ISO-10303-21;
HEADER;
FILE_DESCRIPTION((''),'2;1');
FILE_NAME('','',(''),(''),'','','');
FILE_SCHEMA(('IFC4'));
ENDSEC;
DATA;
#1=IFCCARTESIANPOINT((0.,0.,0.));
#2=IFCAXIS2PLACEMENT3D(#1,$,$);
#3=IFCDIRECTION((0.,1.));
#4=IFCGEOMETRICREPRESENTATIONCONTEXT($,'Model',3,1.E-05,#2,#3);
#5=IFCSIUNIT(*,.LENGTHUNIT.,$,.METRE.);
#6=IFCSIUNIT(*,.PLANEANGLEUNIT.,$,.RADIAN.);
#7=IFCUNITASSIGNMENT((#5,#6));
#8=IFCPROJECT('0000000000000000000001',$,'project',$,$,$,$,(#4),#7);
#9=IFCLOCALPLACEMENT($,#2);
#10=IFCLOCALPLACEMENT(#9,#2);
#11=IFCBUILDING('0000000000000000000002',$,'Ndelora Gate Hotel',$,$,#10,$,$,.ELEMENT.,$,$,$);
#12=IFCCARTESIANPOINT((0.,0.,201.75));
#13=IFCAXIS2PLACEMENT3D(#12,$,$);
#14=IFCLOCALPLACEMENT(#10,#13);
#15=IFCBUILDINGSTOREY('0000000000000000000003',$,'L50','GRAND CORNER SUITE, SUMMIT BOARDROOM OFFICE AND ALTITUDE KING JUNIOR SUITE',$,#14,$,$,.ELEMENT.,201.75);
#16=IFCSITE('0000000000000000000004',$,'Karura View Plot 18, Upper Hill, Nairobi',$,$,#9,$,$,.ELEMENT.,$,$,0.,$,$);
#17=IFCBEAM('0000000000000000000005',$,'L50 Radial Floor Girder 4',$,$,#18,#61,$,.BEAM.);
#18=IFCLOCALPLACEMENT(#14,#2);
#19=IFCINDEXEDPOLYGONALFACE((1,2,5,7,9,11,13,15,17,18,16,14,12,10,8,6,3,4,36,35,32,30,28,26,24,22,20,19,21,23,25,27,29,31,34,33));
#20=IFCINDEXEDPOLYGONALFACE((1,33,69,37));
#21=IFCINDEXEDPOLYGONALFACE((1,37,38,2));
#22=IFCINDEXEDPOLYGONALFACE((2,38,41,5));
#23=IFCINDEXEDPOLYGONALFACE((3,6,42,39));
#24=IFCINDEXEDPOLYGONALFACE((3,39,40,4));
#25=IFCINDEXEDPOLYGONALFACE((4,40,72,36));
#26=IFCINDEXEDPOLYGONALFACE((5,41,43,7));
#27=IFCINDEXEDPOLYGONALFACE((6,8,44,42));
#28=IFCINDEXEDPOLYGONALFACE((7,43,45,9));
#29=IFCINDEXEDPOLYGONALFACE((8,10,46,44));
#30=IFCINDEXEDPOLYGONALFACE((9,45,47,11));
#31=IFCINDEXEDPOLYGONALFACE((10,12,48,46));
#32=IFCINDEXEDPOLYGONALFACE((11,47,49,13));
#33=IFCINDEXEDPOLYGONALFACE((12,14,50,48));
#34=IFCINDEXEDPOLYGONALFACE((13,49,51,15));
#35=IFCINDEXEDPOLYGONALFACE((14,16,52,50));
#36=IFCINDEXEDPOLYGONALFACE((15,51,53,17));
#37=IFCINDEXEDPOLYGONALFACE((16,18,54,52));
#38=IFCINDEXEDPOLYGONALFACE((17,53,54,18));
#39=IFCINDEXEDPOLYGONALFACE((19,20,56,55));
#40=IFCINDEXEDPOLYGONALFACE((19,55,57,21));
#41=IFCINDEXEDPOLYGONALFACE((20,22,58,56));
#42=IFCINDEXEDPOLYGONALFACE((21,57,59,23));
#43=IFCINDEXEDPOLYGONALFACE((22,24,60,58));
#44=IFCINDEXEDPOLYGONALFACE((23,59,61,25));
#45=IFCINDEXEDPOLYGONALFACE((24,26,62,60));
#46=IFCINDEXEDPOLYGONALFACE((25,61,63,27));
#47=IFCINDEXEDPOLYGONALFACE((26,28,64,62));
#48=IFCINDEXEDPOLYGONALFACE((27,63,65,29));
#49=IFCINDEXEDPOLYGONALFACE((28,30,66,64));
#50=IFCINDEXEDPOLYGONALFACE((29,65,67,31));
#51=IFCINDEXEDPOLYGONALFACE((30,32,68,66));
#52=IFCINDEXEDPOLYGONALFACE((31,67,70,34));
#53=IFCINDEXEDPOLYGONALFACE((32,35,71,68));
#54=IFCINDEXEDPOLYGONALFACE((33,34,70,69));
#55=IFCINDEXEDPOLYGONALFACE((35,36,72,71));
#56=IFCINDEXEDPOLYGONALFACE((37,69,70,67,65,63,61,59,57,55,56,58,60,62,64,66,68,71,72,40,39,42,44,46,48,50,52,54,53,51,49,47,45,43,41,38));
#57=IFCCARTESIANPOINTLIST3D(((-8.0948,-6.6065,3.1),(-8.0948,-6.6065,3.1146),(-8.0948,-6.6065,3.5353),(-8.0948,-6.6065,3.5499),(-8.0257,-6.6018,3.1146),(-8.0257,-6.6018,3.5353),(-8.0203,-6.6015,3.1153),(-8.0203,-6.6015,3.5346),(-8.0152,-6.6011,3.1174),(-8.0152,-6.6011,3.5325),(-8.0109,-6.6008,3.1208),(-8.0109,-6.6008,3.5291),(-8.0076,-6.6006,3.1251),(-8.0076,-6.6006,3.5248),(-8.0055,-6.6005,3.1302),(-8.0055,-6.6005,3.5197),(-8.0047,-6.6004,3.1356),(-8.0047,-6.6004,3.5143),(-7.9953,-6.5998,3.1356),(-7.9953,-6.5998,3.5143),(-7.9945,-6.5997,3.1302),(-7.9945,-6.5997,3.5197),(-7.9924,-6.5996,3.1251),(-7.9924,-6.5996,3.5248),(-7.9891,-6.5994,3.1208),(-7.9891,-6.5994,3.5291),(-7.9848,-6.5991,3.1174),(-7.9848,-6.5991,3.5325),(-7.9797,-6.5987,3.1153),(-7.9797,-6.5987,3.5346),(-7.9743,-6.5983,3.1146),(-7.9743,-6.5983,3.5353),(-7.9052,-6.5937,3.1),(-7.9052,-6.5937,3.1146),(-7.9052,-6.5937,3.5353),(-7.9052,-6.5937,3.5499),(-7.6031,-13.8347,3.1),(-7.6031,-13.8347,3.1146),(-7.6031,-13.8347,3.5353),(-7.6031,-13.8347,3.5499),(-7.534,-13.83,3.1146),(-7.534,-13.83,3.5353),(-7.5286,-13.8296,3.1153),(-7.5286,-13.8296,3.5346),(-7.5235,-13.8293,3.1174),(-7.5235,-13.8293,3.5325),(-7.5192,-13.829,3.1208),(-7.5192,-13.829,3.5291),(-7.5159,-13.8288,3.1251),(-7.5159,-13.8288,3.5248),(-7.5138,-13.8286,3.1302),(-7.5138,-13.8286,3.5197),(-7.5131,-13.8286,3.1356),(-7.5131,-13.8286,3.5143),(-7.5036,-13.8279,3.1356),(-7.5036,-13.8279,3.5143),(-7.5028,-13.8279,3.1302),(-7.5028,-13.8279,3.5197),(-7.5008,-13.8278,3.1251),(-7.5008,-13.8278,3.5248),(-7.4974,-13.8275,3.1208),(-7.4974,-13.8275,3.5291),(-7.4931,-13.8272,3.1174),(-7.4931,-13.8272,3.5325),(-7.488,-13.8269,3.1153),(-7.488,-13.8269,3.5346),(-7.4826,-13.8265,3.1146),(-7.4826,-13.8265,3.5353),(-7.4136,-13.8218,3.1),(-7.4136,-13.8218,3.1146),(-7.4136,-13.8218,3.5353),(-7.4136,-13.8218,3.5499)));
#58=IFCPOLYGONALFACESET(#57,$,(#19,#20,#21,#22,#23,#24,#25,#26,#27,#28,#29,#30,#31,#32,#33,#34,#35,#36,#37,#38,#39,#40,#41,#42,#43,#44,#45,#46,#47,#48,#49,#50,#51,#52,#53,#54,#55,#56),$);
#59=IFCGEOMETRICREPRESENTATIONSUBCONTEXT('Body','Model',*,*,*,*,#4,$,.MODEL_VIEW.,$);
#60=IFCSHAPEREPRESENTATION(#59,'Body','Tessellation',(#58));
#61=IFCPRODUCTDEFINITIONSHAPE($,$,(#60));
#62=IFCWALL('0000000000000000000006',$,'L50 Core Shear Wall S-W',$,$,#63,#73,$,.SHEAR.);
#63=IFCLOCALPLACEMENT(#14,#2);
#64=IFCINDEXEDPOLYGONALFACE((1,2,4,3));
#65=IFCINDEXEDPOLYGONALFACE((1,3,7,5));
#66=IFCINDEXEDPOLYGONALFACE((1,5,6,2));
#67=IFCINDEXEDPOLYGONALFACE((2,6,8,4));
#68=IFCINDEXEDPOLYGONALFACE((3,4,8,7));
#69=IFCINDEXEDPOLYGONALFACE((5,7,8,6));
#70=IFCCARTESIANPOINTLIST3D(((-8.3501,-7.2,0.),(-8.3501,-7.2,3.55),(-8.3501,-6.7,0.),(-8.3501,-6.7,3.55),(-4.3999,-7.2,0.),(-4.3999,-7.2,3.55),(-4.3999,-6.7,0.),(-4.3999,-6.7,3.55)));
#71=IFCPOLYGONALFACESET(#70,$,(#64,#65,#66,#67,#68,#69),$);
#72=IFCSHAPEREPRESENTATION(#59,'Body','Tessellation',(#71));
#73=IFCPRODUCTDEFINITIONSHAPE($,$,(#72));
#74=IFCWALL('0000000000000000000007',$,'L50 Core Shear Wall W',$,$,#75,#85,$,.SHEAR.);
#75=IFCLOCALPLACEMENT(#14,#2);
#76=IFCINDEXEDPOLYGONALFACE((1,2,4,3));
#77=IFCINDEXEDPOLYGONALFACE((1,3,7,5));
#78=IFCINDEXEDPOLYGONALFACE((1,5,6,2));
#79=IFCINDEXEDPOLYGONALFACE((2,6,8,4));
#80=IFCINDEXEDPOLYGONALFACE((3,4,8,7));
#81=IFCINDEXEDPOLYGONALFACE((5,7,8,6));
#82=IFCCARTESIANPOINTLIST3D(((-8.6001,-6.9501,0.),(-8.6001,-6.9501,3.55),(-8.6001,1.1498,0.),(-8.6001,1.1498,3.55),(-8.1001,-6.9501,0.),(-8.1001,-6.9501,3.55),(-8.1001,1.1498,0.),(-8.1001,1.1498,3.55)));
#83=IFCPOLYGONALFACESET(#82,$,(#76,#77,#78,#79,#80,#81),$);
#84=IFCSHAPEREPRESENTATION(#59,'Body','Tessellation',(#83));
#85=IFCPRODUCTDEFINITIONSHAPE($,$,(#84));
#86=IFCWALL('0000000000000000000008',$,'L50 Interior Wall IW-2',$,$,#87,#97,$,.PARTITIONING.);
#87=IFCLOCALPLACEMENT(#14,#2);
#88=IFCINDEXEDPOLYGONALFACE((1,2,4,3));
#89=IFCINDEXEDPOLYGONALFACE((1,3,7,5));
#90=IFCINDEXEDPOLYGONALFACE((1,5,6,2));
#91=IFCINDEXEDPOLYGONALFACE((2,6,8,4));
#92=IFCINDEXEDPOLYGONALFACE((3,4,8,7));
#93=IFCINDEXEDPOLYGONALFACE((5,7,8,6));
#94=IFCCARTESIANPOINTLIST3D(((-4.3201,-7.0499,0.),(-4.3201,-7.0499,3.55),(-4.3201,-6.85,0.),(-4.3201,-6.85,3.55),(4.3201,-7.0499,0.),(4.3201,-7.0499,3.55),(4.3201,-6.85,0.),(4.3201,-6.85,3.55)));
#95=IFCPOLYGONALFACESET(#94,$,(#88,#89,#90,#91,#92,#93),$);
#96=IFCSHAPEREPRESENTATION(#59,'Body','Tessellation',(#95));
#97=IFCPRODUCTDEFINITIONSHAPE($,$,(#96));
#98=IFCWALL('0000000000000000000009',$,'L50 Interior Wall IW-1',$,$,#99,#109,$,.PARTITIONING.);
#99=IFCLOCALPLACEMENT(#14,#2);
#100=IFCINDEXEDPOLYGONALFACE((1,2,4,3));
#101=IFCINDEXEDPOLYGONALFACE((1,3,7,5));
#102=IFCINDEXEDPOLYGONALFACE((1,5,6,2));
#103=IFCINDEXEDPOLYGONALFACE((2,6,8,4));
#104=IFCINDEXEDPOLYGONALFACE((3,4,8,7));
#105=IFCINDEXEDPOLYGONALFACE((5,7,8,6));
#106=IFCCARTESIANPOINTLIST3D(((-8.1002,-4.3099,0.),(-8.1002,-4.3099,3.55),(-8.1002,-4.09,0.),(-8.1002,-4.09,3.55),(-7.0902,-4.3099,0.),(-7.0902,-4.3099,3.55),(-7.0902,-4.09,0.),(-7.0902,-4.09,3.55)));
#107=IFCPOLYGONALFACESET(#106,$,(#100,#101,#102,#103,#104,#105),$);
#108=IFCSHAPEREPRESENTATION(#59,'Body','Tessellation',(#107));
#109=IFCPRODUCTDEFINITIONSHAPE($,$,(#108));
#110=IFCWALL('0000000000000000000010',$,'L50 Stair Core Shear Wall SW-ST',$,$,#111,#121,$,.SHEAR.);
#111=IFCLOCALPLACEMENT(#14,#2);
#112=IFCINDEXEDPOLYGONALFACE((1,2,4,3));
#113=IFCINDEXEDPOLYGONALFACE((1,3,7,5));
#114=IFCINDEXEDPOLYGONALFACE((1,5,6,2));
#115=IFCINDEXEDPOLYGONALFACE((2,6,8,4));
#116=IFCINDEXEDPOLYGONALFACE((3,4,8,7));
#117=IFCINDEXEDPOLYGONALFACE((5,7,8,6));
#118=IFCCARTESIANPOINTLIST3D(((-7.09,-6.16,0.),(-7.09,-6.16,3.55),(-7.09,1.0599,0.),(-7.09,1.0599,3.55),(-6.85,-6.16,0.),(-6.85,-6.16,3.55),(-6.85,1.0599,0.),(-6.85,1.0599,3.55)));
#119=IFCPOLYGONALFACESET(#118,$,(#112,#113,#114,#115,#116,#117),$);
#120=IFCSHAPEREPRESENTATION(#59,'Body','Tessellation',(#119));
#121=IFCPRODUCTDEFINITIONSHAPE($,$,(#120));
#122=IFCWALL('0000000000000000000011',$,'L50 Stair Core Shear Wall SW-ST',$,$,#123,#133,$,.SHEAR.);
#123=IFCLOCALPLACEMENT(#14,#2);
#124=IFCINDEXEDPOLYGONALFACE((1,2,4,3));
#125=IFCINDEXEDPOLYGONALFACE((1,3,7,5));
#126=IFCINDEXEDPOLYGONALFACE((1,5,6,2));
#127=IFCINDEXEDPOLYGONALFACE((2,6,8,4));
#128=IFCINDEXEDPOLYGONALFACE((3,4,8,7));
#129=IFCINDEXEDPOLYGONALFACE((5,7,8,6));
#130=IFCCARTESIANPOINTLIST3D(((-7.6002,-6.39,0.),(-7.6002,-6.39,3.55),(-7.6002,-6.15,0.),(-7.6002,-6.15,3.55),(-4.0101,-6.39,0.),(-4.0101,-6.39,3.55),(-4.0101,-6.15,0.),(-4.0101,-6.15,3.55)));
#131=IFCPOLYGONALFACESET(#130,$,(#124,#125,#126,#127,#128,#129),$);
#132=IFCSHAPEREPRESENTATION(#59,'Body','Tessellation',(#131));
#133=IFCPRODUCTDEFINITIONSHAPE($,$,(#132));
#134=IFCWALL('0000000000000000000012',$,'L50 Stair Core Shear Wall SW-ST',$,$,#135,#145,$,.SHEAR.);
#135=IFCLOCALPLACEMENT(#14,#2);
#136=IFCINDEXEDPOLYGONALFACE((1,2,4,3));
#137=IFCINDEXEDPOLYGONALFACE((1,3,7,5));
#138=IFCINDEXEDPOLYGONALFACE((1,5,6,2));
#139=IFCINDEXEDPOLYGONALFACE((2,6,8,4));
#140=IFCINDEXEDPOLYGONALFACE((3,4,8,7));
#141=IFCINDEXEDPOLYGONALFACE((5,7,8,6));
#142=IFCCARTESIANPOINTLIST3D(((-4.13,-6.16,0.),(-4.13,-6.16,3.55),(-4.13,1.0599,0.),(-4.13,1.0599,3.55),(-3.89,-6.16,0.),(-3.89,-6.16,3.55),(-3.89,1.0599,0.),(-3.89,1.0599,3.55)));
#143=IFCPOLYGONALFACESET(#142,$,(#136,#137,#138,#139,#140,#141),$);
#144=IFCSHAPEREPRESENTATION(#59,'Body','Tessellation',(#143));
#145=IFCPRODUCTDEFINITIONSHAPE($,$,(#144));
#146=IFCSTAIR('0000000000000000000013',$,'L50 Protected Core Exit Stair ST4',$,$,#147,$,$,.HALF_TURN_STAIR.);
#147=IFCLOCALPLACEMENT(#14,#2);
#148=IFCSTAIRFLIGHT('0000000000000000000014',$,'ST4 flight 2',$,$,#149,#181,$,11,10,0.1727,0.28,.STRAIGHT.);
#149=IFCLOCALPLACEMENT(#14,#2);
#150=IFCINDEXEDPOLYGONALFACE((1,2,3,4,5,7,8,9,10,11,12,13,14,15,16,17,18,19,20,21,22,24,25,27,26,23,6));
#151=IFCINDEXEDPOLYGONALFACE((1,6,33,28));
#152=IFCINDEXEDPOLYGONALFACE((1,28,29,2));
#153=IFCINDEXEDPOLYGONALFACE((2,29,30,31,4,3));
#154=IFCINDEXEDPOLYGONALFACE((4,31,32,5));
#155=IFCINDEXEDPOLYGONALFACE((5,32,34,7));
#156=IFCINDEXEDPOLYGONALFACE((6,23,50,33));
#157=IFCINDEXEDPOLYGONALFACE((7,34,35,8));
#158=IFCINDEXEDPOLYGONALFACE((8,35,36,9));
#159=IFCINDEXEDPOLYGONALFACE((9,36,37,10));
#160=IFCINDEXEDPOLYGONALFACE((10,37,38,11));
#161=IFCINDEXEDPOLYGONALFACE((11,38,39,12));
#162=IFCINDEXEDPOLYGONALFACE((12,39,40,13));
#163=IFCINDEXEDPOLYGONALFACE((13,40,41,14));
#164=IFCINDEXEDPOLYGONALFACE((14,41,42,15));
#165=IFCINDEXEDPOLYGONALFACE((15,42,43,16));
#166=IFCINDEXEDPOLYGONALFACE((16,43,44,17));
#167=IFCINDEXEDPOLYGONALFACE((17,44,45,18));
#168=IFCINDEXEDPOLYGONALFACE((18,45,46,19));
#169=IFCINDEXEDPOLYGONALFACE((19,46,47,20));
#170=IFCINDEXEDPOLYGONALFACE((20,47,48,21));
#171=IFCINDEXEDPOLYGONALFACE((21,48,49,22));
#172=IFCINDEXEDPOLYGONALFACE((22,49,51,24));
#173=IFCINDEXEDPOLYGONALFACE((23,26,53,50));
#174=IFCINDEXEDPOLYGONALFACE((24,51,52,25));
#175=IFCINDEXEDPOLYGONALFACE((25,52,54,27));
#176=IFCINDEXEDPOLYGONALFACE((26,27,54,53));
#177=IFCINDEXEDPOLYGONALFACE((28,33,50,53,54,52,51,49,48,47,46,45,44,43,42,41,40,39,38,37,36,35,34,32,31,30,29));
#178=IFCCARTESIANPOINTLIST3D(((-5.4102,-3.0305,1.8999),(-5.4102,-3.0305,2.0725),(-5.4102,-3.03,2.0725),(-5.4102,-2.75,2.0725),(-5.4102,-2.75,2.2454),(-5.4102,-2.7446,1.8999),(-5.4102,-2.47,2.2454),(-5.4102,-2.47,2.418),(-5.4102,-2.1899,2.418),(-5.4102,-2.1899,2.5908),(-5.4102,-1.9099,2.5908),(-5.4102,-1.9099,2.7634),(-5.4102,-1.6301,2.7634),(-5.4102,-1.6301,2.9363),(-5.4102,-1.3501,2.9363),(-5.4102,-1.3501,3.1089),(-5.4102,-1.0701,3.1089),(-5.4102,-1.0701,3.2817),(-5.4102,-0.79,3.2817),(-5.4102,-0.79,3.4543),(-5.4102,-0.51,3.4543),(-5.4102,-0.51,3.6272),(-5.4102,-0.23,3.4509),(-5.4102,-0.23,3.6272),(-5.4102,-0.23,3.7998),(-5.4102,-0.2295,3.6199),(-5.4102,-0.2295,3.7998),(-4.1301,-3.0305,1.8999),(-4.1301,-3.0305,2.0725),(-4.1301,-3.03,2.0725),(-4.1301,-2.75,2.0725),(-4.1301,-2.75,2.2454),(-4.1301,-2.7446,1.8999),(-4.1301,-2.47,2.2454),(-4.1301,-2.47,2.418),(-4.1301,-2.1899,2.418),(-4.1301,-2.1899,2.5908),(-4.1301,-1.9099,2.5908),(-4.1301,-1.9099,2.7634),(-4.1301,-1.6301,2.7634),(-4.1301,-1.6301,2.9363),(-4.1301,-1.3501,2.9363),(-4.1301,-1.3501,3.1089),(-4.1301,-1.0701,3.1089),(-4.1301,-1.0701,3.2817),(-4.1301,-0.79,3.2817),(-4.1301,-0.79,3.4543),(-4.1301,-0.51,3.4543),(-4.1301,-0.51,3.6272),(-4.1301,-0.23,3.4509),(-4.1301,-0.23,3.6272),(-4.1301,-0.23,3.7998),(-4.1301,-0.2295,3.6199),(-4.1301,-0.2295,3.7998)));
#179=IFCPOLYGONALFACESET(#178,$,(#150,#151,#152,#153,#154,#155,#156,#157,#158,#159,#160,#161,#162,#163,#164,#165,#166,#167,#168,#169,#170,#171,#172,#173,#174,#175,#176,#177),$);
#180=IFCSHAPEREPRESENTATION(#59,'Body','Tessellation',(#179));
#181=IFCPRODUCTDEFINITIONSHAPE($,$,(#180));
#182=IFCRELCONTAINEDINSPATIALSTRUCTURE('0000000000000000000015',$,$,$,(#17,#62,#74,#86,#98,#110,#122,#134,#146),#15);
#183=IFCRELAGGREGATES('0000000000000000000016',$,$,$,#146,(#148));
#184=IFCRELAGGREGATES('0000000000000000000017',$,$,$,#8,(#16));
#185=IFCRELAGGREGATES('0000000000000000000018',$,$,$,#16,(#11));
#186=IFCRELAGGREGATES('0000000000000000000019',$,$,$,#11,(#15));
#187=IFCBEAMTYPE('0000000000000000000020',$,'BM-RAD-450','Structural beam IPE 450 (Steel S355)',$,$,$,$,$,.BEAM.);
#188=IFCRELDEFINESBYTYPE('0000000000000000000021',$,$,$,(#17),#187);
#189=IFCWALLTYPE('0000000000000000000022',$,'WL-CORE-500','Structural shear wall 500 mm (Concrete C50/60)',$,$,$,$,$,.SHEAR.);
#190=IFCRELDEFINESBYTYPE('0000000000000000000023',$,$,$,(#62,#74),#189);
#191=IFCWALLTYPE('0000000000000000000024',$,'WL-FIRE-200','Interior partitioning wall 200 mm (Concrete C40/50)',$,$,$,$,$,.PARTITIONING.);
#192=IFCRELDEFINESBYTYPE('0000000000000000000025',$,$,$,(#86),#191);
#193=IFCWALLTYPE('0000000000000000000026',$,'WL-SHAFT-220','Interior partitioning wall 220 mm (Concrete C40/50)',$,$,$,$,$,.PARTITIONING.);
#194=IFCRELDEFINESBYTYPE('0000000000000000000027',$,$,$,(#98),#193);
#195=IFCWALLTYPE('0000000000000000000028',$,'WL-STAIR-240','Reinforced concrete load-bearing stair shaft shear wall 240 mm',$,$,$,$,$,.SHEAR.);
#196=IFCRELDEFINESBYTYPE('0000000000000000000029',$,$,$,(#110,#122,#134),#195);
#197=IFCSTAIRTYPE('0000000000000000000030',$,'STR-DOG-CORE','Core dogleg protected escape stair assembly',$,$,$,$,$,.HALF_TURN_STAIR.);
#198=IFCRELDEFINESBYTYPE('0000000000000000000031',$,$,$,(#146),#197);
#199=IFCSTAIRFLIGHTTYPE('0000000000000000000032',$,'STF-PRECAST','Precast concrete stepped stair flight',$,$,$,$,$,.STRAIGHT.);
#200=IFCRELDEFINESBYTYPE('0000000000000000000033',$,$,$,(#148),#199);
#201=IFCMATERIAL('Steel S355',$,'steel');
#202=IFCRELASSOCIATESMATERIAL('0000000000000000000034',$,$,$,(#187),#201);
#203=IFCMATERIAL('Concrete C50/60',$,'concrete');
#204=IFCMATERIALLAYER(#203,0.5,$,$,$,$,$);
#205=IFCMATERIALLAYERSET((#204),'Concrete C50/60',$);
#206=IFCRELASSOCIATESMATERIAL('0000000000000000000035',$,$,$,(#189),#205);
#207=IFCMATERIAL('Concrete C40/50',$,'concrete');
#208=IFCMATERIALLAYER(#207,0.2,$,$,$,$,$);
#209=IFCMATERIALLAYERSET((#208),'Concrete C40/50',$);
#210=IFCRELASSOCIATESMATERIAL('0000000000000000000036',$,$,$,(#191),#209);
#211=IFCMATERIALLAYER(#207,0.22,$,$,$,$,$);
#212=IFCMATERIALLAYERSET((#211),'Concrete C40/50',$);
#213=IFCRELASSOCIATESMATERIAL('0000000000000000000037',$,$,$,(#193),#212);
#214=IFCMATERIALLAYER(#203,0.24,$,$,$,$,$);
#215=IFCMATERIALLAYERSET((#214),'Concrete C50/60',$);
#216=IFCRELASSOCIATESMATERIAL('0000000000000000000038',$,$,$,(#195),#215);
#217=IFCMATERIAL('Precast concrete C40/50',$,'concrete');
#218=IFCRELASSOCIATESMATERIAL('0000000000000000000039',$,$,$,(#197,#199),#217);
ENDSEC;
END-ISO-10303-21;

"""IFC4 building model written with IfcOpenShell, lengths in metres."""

from ifc_helpers import new_model, si_unit, direction, frame, frame_2d, origin, origin_2d, place, context, subcontext, project, spatial, polyline, rectangle, i_section, outline, extrude, material, layer, layer_set, material_profile, profile_set, type_object, element, aggregate, save


model = new_model("IFC4")

# Units and contexts
model_context = context("Model", 3, precision=1e-05, world=origin(), true_north=direction((0.0, 1.0)))
body_context = subcontext(model_context, "Body", "Model", "MODEL_VIEW")
ifc_project = project(units=[si_unit("LENGTHUNIT", "METRE"), si_unit("PLANEANGLEUNIT", "RADIAN")], contexts=[model_context])

# Site, building, storey
site_placement = place(None, origin())
site = spatial("IfcSite", under=ifc_project, at=site_placement, Name="Karura View Plot 18, Upper Hill, Nairobi", CompositionType="ELEMENT", RefElevation=0.0)
building_placement = place(site_placement, origin())
building = spatial("IfcBuilding", under=site, at=building_placement, Name="Ndelora Gate Hotel", CompositionType="ELEMENT")
storey_placement = place(building_placement, frame((0.0, 0.0, 201.75)))
storey = spatial("IfcBuildingStorey", under=building, at=storey_placement, Name="L50", Description="GRAND CORNER SUITE, SUMMIT BOARDROOM OFFICE AND ALTITUDE KING JUNIOR SUITE", CompositionType="ELEMENT", Elevation=201.75)

# Shared definitions
ifc_material_1 = material(Name="Concrete C50/60", Category="concrete")

# Beam
ifc_material_2 = material(Name="Steel S355", Category="steel")
ifc_material_profile_1 = material_profile(ifc_material_2, i_section(OverallWidth=0.1899, OverallDepth=0.45, WebThickness=0.0095, FlangeThickness=0.0146, FilletRadius=0.021, at=origin_2d()), Name="IPE 450")
ifc_profile_set_1 = profile_set([ifc_material_profile_1], Name="Steel S355")
beam_type_1 = type_object("IfcBeamType", Name="BM-RAD-450", Description="Structural beam IPE 450 (Steel S355)", PredefinedType="BEAM", material=ifc_profile_set_1)
beam_1_placement = place(storey_placement, frame((-8.0, -6.6001, 3.325), z_axis=(0.067868, -0.997694, 0.0), x_axis=(0.997694, 0.067868, 0.0)))
element("IfcBeam", 1, at=beam_1_placement, inside=storey, type_object=beam_type_1, Name="L50 Radial Floor Girder 4", PredefinedType="BEAM", context=body_context, shape_type="SweptSolid", body=[
    extrude(i_section(OverallWidth=0.1899, OverallDepth=0.45, WebThickness=0.0095, FlangeThickness=0.0146, FilletRadius=0.021, at=origin_2d()), origin(), (0.0, 0.0, 1.0), 7.2449),
])

# Walls
ifc_layer_1 = layer(ifc_material_1, 0.5)
ifc_layer_set_1 = layer_set([ifc_layer_1], Name="Concrete C50/60")
wall_type_1 = type_object("IfcWallType", Name="WL-CORE-500", Description="Structural shear wall 500 mm (Concrete C50/60)", PredefinedType="SHEAR", material=ifc_layer_set_1)
wall_1_placement = place(storey_placement, frame((-8.3501, -6.95, 0.0), z_axis=(0.0, 0.0, 1.0), x_axis=(1.0, 0.0, 0.0)))
element("IfcWall", 2, at=wall_1_placement, inside=storey, type_object=wall_type_1, Name="L50 Core Shear Wall S-W", PredefinedType="SHEAR", context=body_context, shape_type="SweptSolid", body=[
    extrude(rectangle(XDim=3.9502, YDim=0.5, at=frame_2d((1.9751, 0.0))), origin(), (0.0, 0.0, 1.0), 3.55),
])
wall_2_placement = place(storey_placement, frame((-8.3501, -6.95, 0.0), z_axis=(0.0, 0.0, 1.0), x_axis=(0.0, 1.0, 0.0)))
element("IfcWall", 3, at=wall_2_placement, inside=storey, type_object=wall_type_1, Name="L50 Core Shear Wall W", PredefinedType="SHEAR", context=body_context, shape_type="SweptSolid", body=[
    extrude(rectangle(XDim=8.0999, YDim=0.5, at=frame_2d((4.0498, 0.0))), origin(), (0.0, 0.0, 1.0), 3.55),
])
ifc_material_3 = material(Name="Concrete C40/50", Category="concrete")
ifc_layer_2 = layer(ifc_material_3, 0.2)
ifc_layer_set_2 = layer_set([ifc_layer_2], Name="Concrete C40/50")
wall_type_2 = type_object("IfcWallType", Name="WL-FIRE-200", Description="Interior partitioning wall 200 mm (Concrete C40/50)", PredefinedType="PARTITIONING", material=ifc_layer_set_2)
wall_3_placement = place(storey_placement, frame((-4.3201, -6.95, 0.0), z_axis=(0.0, 0.0, 1.0), x_axis=(1.0, 0.0, 0.0)))
element("IfcWall", 4, at=wall_3_placement, inside=storey, type_object=wall_type_2, Name="L50 Interior Wall IW-2", PredefinedType="PARTITIONING", context=body_context, shape_type="SweptSolid", body=[
    extrude(rectangle(XDim=8.6401, YDim=0.2, at=frame_2d((4.3201, 0.0))), origin(), (0.0, 0.0, 1.0), 3.55),
])
ifc_layer_3 = layer(ifc_material_3, 0.22)
ifc_layer_set_3 = layer_set([ifc_layer_3], Name="Concrete C40/50")
wall_type_3 = type_object("IfcWallType", Name="WL-SHAFT-220", Description="Interior partitioning wall 220 mm (Concrete C40/50)", PredefinedType="PARTITIONING", material=ifc_layer_set_3)
wall_4_placement = place(storey_placement, frame((-8.1001, -4.2, 0.0), z_axis=(0.0, 0.0, 1.0), x_axis=(1.0, 0.0, 0.0)))
element("IfcWall", 5, at=wall_4_placement, inside=storey, type_object=wall_type_3, Name="L50 Interior Wall IW-1", PredefinedType="PARTITIONING", context=body_context, shape_type="SweptSolid", body=[
    extrude(rectangle(XDim=1.01, YDim=0.22, at=frame_2d((0.5049, 0.0))), origin(), (0.0, 0.0, 1.0), 3.55),
])
ifc_layer_4 = layer(ifc_material_1, 0.24)
ifc_layer_set_4 = layer_set([ifc_layer_4], Name="Concrete C50/60")
wall_type_4 = type_object("IfcWallType", Name="WL-STAIR-240", Description="Reinforced concrete load-bearing stair shaft shear wall 240 mm", PredefinedType="SHEAR", material=ifc_layer_set_4)
wall_5_placement = place(storey_placement, frame((-6.97, -6.1599, 0.0), z_axis=(0.0, 0.0, 1.0), x_axis=(0.0, 1.0, 0.0)))
element("IfcWall", 6, at=wall_5_placement, inside=storey, type_object=wall_type_4, Name="L50 Stair Core Shear Wall SW-ST", PredefinedType="SHEAR", context=body_context, shape_type="SweptSolid", body=[
    extrude(rectangle(XDim=7.22, YDim=0.24, at=frame_2d((3.6099, 0.0))), origin(), (0.0, 0.0, 1.0), 3.55),
])
wall_6_placement = place(storey_placement, frame((-7.6001, -6.27, 0.0), z_axis=(0.0, 0.0, 1.0), x_axis=(1.0, 0.0, 0.0)))
element("IfcWall", 7, at=wall_6_placement, inside=storey, type_object=wall_type_4, Name="L50 Stair Core Shear Wall SW-ST", PredefinedType="SHEAR", context=body_context, shape_type="SweptSolid", body=[
    extrude(rectangle(XDim=3.5901, YDim=0.24, at=frame_2d((1.7949, 0.0))), origin(), (0.0, 0.0, 1.0), 3.55),
])
wall_7_placement = place(storey_placement, frame((-4.01, -6.1599, 0.0), z_axis=(0.0, 0.0, 1.0), x_axis=(0.0, 1.0, 0.0)))
element("IfcWall", 8, at=wall_7_placement, inside=storey, type_object=wall_type_4, Name="L50 Stair Core Shear Wall SW-ST", PredefinedType="SHEAR", context=body_context, shape_type="SweptSolid", body=[
    extrude(rectangle(XDim=7.22, YDim=0.24, at=frame_2d((3.6099, 0.0))), origin(), (0.0, 0.0, 1.0), 3.55),
])

# Stair, stair flight
ifc_material_4 = material(Name="Precast concrete C40/50", Category="concrete")
stair_type = type_object("IfcStairType", Name="STR-DOG-CORE", Description="Core dogleg protected escape stair assembly", PredefinedType="HALF_TURN_STAIR", material=ifc_material_4)
stair_placement = place(storey_placement, origin())
stair = element("IfcStair", 9, at=stair_placement, inside=storey, type_object=stair_type, Name="L50 Protected Core Exit Stair ST4", PredefinedType="HALF_TURN_STAIR")
stair_flight_type = type_object("IfcStairFlightType", Name="STF-PRECAST", Description="Precast concrete stepped stair flight", PredefinedType="STRAIGHT", material=ifc_material_4)
stair_flight_placement = place(storey_placement, frame((-4.77, -3.03, 1.8999), z_axis=(0.0, 0.0, 1.0), x_axis=(0.0, 1.0, 0.0)))
stair_flight = element("IfcStairFlight", 10, at=stair_flight_placement, type_object=stair_flight_type, Name="ST4 flight 2", NumberOfRisers=11, NumberOfTreads=10, PredefinedType="STRAIGHT", RiserHeight=0.1727, TreadLength=0.28, context=body_context, shape_type="SweptSolid", body=[
    extrude(outline(polyline([(-0.0005, 0.0), (-0.0005, 0.1726), (0.0, 0.1726), (0.28, 0.1726), (0.28, 0.3455), (0.5601, 0.3455), (0.5601, 0.5181), (0.8401, 0.5181), (0.8401, 0.6909), (1.1201, 0.6909), (1.1201, 0.8635), (1.3999, 0.8635), (1.3999, 1.0364), (1.6799, 1.0364), (1.6799, 1.209), (1.96, 1.209), (1.96, 1.3818), (2.24, 1.3818), (2.24, 1.5544), (2.52, 1.5544), (2.52, 1.7273), (2.8, 1.7273), (2.8, 1.8999), (2.8005, 1.8999), (2.8005, 1.72), (2.8, 1.551), (0.2854, 0.0), (-0.0005, 0.0)])), frame((0.0, 0.6401, 0.0), z_axis=(0.0, -1.0, 0.0), x_axis=(1.0, 0.0, 0.0)), (0.0, 0.0, 1.0), 1.28),
])
aggregate(stair, [stair_flight])

save(model, "model.ifc")
